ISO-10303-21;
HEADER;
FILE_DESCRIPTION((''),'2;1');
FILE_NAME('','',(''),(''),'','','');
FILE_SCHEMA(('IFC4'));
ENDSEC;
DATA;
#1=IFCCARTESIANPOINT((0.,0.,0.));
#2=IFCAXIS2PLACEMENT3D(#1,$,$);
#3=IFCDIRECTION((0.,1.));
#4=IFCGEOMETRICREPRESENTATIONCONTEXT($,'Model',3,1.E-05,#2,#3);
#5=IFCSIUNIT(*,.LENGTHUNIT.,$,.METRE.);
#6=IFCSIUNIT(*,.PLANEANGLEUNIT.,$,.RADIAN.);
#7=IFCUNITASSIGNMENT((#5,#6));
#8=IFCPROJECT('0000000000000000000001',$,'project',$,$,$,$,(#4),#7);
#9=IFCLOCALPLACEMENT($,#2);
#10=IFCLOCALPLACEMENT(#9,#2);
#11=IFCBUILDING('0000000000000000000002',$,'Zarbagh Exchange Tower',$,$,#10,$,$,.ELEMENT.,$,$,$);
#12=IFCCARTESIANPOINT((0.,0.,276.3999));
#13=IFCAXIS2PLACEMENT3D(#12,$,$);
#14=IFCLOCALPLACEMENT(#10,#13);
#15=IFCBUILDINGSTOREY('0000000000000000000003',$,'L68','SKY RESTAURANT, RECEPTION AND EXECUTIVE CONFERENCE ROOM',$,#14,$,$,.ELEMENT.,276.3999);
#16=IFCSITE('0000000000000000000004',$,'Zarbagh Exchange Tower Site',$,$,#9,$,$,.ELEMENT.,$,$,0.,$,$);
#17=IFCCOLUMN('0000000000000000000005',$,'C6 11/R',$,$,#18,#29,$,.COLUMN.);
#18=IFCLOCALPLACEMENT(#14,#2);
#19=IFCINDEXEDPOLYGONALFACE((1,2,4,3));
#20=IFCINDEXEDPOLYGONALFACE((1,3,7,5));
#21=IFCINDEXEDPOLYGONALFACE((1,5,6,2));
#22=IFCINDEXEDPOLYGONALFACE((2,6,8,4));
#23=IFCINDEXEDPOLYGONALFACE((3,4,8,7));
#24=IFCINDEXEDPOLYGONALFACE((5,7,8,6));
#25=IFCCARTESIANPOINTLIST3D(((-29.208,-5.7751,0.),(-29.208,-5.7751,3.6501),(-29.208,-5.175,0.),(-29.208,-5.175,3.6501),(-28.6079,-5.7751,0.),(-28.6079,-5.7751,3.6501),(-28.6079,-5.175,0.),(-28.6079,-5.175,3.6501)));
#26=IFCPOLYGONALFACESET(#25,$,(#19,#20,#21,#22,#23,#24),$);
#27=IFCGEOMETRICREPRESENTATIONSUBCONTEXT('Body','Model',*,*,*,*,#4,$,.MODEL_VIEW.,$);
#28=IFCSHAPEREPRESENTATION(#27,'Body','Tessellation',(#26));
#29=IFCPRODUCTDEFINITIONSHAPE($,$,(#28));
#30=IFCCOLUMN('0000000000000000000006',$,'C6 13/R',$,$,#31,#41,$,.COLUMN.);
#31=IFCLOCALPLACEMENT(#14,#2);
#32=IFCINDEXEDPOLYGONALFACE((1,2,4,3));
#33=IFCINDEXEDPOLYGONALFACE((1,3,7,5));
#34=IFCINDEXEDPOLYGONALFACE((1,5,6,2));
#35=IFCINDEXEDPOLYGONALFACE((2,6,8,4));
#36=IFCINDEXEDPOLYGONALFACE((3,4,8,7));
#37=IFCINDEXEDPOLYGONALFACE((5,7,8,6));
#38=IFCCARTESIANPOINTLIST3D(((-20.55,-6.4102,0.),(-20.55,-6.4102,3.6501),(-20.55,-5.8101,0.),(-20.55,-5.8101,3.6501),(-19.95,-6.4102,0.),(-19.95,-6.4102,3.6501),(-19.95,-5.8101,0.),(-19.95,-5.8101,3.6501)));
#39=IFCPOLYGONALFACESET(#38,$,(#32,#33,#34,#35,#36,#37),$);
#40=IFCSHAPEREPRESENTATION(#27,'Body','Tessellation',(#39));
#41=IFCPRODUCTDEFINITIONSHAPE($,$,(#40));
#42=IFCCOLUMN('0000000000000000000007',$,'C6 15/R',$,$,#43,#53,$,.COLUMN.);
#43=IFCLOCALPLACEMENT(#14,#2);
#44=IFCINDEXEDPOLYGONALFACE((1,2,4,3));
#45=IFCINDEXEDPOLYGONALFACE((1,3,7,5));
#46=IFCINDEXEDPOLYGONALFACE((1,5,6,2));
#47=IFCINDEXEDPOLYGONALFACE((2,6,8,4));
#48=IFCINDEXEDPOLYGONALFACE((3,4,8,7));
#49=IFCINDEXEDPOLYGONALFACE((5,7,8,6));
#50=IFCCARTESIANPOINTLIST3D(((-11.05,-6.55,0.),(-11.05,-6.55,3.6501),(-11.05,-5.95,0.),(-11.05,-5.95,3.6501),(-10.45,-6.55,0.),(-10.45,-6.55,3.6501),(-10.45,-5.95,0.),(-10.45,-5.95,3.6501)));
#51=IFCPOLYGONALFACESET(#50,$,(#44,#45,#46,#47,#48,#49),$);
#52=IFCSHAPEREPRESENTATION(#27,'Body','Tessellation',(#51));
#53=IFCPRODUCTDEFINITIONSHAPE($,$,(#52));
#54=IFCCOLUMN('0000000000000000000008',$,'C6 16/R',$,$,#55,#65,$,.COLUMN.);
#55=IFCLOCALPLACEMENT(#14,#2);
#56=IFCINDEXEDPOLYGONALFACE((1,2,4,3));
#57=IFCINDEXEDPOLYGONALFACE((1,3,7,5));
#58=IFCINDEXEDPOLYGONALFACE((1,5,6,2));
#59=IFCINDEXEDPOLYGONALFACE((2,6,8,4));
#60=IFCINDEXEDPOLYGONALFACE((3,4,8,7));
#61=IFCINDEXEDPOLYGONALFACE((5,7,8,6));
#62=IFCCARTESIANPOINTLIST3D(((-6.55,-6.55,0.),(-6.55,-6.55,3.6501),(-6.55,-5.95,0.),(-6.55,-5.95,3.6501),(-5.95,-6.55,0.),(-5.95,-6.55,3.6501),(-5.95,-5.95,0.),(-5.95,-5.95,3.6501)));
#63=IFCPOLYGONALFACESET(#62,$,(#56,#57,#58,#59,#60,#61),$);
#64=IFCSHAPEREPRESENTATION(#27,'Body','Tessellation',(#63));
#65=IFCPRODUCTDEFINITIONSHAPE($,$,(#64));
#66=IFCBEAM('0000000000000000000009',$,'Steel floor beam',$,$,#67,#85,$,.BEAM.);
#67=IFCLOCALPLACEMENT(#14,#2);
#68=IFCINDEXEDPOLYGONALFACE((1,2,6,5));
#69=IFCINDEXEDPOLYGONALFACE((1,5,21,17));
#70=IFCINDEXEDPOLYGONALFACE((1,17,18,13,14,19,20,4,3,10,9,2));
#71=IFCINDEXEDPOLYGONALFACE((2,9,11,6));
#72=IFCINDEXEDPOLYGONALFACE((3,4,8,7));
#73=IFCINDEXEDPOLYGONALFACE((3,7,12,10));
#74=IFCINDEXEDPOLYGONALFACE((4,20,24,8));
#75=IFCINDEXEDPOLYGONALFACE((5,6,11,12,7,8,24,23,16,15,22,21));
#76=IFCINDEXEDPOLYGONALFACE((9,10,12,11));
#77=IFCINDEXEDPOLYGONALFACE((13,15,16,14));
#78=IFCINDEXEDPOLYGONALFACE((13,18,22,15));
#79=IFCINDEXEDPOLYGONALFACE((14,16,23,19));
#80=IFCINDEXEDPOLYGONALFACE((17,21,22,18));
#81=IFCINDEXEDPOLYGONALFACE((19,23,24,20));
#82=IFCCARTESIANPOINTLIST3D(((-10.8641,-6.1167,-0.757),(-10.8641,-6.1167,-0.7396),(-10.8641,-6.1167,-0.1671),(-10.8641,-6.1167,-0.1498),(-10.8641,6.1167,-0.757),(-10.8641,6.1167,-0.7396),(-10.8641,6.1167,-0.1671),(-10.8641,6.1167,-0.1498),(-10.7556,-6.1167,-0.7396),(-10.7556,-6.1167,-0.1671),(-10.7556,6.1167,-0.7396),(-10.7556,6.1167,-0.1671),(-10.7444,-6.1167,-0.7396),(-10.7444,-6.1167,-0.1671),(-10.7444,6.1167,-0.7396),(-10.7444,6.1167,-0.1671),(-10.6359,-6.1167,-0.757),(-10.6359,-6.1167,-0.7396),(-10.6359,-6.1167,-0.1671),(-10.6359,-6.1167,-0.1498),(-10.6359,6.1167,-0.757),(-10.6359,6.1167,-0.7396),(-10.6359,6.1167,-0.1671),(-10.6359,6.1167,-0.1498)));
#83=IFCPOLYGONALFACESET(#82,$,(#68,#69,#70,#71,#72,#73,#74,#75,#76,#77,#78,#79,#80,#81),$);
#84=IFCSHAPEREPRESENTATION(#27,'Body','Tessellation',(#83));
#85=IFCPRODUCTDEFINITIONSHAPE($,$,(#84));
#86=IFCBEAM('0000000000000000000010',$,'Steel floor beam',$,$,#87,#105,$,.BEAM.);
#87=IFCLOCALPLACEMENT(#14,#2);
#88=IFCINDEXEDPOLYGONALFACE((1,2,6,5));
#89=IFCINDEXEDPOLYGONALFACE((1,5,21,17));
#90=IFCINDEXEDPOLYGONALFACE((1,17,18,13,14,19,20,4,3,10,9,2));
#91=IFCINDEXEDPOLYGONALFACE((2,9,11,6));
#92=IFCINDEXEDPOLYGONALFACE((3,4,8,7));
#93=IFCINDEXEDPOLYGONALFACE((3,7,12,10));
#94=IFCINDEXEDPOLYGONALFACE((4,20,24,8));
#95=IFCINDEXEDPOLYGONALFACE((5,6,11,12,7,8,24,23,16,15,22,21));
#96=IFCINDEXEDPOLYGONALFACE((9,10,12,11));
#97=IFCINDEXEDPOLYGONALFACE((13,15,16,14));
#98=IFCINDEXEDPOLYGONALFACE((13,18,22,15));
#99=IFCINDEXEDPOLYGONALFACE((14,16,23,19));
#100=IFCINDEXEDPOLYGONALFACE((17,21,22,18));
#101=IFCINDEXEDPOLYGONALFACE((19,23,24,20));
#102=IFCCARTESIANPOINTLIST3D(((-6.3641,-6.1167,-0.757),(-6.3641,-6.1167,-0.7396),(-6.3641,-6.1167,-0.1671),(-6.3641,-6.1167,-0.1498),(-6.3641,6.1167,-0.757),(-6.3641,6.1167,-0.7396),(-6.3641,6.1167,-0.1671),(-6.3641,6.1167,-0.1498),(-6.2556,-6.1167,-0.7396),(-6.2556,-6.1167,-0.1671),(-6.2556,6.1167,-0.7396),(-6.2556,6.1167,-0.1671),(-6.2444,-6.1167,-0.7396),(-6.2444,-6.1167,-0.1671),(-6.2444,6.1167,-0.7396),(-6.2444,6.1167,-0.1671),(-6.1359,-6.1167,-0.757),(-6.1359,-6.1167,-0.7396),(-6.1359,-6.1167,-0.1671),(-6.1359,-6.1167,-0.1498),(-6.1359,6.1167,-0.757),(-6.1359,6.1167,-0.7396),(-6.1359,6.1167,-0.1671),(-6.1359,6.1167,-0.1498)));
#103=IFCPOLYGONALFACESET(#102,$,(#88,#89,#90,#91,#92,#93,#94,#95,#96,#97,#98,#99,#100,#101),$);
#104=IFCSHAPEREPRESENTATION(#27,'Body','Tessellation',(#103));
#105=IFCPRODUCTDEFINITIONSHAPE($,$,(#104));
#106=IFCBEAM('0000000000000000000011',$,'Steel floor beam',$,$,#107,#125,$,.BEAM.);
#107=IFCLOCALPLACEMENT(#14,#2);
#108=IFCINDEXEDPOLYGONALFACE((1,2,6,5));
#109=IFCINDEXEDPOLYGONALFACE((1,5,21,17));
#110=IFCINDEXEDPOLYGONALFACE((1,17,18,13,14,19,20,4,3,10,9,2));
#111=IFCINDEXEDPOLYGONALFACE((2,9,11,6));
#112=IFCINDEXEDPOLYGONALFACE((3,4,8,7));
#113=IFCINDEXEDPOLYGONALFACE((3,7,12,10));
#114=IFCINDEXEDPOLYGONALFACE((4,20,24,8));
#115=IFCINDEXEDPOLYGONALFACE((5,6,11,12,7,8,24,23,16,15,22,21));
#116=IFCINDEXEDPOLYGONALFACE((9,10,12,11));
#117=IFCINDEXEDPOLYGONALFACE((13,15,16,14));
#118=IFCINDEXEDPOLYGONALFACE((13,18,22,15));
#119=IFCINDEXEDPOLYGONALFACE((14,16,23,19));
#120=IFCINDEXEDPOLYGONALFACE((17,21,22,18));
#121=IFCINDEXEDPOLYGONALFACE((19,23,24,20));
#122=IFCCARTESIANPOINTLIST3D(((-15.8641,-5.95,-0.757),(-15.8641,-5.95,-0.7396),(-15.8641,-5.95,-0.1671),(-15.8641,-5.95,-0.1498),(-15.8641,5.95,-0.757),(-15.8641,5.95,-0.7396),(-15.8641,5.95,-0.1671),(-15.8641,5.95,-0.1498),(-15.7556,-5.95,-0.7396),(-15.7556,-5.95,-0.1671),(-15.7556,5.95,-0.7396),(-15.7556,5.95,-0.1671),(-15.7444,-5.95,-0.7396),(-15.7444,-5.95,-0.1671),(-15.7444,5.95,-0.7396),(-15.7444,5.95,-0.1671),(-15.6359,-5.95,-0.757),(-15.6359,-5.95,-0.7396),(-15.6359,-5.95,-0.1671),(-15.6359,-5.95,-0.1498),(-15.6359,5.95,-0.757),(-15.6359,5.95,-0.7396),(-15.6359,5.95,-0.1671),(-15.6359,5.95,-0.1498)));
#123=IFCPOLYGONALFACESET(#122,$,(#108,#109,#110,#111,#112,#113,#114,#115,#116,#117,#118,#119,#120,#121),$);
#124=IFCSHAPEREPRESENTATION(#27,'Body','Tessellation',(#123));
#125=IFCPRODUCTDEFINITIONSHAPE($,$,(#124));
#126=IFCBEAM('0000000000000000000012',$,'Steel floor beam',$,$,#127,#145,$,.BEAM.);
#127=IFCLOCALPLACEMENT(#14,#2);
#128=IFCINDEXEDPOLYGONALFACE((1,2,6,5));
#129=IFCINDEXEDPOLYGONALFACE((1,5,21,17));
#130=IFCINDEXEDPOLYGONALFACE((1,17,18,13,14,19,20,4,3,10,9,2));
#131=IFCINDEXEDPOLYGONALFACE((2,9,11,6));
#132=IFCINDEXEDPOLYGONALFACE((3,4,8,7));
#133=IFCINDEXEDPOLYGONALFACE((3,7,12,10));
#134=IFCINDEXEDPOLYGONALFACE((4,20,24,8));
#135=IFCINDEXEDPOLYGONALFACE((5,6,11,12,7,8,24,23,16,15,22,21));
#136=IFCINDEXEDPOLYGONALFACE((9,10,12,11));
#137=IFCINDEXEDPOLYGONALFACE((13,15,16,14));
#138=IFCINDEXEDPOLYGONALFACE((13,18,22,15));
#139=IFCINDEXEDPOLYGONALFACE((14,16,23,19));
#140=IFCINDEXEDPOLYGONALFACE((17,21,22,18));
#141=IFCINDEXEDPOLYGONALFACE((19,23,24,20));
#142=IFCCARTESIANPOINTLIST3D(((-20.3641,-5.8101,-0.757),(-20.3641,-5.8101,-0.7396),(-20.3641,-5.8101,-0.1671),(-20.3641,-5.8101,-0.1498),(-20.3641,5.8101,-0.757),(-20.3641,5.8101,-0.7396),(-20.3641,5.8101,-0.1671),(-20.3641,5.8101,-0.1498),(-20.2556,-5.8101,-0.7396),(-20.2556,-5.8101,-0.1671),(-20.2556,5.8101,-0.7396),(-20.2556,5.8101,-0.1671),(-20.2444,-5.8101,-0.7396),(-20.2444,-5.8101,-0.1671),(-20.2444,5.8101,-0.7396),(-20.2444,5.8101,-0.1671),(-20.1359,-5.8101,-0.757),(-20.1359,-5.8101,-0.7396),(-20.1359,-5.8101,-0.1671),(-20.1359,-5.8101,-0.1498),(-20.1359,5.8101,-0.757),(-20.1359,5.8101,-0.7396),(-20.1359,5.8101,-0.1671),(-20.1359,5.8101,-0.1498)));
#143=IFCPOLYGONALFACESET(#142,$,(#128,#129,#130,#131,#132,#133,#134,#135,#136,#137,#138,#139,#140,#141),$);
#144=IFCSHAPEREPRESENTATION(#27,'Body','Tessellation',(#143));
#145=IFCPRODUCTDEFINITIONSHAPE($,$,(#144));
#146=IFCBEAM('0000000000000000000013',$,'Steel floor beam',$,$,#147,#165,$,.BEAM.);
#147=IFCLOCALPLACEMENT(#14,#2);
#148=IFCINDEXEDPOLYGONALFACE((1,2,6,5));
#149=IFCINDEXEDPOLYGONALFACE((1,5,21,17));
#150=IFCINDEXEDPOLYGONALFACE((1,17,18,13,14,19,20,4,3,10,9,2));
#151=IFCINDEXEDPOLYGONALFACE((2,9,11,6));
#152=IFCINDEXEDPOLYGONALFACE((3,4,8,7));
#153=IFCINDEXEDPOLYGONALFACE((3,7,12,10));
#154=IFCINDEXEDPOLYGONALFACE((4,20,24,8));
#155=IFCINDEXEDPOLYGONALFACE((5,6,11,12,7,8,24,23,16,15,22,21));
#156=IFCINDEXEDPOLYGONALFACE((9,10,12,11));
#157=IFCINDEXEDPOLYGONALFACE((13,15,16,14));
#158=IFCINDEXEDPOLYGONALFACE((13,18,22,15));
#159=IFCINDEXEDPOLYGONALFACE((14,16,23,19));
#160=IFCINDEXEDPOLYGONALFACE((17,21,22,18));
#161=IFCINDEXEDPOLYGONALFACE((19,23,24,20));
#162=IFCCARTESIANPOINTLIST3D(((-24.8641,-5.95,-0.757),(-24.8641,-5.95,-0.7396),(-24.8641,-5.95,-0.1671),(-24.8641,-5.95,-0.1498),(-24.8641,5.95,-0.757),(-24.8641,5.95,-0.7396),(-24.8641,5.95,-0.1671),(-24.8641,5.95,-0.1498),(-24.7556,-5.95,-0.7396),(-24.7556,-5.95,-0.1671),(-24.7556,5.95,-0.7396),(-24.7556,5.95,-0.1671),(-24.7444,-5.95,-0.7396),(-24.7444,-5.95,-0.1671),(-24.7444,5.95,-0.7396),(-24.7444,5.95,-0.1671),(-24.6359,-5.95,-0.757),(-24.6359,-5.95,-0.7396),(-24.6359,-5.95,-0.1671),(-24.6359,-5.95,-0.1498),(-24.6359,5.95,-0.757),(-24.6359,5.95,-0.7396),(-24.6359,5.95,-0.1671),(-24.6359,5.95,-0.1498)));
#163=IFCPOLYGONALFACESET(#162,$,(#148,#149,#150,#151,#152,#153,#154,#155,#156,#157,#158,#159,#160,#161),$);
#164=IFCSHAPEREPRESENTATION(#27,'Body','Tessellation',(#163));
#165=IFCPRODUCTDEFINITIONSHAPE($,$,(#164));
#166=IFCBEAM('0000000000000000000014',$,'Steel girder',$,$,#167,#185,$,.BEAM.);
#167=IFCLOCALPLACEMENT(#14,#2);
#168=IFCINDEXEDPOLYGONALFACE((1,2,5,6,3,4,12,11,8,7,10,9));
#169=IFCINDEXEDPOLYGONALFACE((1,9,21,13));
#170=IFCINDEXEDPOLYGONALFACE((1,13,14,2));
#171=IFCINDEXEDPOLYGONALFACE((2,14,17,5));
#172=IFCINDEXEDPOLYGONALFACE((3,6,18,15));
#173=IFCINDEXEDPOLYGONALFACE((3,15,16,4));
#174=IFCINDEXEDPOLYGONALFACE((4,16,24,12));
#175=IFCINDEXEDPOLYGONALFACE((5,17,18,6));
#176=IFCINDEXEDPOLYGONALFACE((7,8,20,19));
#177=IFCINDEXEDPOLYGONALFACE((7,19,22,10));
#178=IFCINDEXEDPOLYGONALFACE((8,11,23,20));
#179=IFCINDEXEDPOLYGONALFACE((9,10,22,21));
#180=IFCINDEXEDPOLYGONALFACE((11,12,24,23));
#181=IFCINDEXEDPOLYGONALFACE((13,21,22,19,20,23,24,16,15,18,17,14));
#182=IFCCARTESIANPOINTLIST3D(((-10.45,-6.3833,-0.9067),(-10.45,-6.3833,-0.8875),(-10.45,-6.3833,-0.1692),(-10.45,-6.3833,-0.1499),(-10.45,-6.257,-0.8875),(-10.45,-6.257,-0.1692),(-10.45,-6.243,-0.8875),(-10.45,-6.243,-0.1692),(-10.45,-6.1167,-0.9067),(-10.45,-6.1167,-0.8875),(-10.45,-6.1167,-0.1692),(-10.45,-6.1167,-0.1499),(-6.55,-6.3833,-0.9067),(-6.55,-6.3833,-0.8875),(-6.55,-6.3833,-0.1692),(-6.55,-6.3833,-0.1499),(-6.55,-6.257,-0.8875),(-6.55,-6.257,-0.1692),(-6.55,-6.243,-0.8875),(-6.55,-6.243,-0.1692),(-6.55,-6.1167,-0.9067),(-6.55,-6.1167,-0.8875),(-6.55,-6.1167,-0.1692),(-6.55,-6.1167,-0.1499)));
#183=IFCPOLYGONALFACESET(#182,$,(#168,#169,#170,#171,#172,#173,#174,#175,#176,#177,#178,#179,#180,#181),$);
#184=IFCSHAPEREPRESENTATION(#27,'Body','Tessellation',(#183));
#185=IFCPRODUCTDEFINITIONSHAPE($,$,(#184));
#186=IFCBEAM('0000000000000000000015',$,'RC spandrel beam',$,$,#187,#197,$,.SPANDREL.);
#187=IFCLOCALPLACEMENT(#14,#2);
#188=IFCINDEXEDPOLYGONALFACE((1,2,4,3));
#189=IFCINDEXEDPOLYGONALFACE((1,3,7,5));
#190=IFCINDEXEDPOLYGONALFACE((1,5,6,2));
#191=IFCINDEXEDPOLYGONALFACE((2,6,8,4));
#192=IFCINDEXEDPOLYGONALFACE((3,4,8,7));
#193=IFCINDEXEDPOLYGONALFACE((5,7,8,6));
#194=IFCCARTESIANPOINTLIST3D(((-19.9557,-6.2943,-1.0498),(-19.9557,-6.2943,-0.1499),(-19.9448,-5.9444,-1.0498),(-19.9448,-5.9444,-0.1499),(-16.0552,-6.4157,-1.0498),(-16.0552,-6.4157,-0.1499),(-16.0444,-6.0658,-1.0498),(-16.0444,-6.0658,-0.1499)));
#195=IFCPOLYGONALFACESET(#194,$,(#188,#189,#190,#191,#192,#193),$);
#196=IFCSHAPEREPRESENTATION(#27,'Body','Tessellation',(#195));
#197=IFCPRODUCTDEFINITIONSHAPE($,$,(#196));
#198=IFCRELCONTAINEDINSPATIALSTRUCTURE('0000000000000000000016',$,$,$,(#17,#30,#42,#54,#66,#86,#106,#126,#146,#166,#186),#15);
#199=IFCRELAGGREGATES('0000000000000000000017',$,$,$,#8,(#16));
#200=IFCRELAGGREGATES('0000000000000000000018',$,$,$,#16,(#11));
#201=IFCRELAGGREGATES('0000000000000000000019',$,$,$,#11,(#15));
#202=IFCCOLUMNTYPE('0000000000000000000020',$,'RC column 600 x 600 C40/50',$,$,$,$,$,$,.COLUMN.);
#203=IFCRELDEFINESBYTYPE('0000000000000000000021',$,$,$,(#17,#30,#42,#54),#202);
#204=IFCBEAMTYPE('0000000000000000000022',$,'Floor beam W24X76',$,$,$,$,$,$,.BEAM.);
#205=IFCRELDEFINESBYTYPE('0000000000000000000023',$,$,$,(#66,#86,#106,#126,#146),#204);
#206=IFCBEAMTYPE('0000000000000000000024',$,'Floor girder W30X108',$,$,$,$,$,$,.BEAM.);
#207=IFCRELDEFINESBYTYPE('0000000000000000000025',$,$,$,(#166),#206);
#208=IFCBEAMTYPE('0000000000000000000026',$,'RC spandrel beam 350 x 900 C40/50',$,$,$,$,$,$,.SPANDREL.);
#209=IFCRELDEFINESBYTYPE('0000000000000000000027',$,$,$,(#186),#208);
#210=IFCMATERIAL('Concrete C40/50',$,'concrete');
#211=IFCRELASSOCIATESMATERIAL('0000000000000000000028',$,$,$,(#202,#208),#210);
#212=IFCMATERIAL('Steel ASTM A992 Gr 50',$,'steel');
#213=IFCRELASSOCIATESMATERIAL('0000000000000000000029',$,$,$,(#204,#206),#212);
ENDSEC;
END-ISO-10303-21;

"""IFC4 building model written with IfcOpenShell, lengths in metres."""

from ifc_helpers import new_model, si_unit, direction, frame, origin, origin_2d, place, context, subcontext, project, spatial, rectangle, i_section, extrude, material, material_profile, profile_set, type_object, element, save


model = new_model("IFC4")

# Units and contexts
model_context = context("Model", 3, precision=1e-05, world=origin(), true_north=direction((0.0, 1.0)))
body_context = subcontext(model_context, "Body", "Model", "MODEL_VIEW")
ifc_project = project(units=[si_unit("LENGTHUNIT", "METRE"), si_unit("PLANEANGLEUNIT", "RADIAN")], contexts=[model_context])

# Site, building, storey
site_placement = place(None, origin())
site = spatial("IfcSite", under=ifc_project, at=site_placement, Name="Zarbagh Exchange Tower Site", CompositionType="ELEMENT", RefElevation=0.0)
building_placement = place(site_placement, origin())
building = spatial("IfcBuilding", under=site, at=building_placement, Name="Zarbagh Exchange Tower", CompositionType="ELEMENT")
storey_placement = place(building_placement, frame((0.0, 0.0, 276.3999)))
storey = spatial("IfcBuildingStorey", under=building, at=storey_placement, Name="L68", Description="SKY RESTAURANT, RECEPTION AND EXECUTIVE CONFERENCE ROOM", CompositionType="ELEMENT", Elevation=276.3999)

# Columns
ifc_material_1 = material(Name="Concrete C40/50", Category="concrete")
ifc_material_profile_1 = material_profile(ifc_material_1, rectangle(XDim=0.6001, YDim=0.6001, at=origin_2d()), Name="RC column 600 x 600 C40/50")
ifc_profile_set_1 = profile_set([ifc_material_profile_1], Name="Concrete C40/50")
column_type = type_object("IfcColumnType", Name="RC column 600 x 600 C40/50", PredefinedType="COLUMN", material=ifc_profile_set_1)
for number, where, z_axis, x_axis, name in (
    (1, (-28.908, -5.4751, 0.0), (0.0, 0.0, 1.0), (1.0, 0.0, 0.0), "C6 11/R"),
    (2, (-20.25, -6.1101, 0.0), (0.0, 0.0, 1.0), (1.0, 0.0, 0.0), "C6 13/R"),
    (3, (-10.75, -6.25, 0.0), (0.0, 0.0, 1.0), (1.0, 0.0, 0.0), "C6 15/R"),
    (4, (-6.25, -6.25, 0.0), (0.0, 0.0, 1.0), (1.0, 0.0, 0.0), "C6 16/R"),
):
    element("IfcColumn", number, at=place(storey_placement, frame(where, z_axis=z_axis, x_axis=x_axis)), inside=storey, type_object=column_type, Name=name, PredefinedType="COLUMN", context=body_context, shape_type="SweptSolid", body=[
        extrude(rectangle(XDim=0.6001, YDim=0.6001, at=origin_2d()), origin(), (0.0, 0.0, 1.0), 3.6501),
    ])

# Beams
ifc_material_2 = material(Name="Steel ASTM A992 Gr 50", Category="steel")
ifc_material_profile_2 = material_profile(ifc_material_2, i_section(OverallWidth=0.2283, OverallDepth=0.6072, WebThickness=0.0112, FlangeThickness=0.0173, at=origin_2d()), Name="W24X76")
ifc_profile_set_2 = profile_set([ifc_material_profile_2], Name="Steel ASTM A992 Gr 50")
beam_type_1 = type_object("IfcBeamType", Name="Floor beam W24X76", PredefinedType="BEAM", material=ifc_profile_set_2)
for number, where, z_axis, x_axis, name in (
    (5, (-10.75, -6.1167, -0.4534), (0.0, 1.0, 0.0), (-1.0, 0.0, 0.0), "Steel floor beam"),
    (6, (-6.25, -6.1167, -0.4534), (0.0, 1.0, 0.0), (-1.0, 0.0, 0.0), "Steel floor beam"),
):
    element("IfcBeam", number, at=place(storey_placement, frame(where, z_axis=z_axis, x_axis=x_axis)), inside=storey, type_object=beam_type_1, Name=name, PredefinedType="BEAM", context=body_context, shape_type="SweptSolid", body=[
        extrude(i_section(OverallWidth=0.2283, OverallDepth=0.6072, WebThickness=0.0112, FlangeThickness=0.0173, at=origin_2d()), origin(), (0.0, 0.0, 1.0), 12.2334),
    ])
beam_1_placement = place(storey_placement, frame((-15.75, -5.95, -0.4534), z_axis=(0.0, 1.0, 0.0), x_axis=(-1.0, 0.0, 0.0)))
element("IfcBeam", 7, at=beam_1_placement, inside=storey, type_object=beam_type_1, Name="Steel floor beam", PredefinedType="BEAM", context=body_context, shape_type="SweptSolid", body=[
    extrude(i_section(OverallWidth=0.2283, OverallDepth=0.6072, WebThickness=0.0112, FlangeThickness=0.0173, at=origin_2d()), origin(), (0.0, 0.0, 1.0), 11.8999),
])
beam_2_placement = place(storey_placement, frame((-20.25, -5.8101, -0.4534), z_axis=(0.0, 1.0, 0.0), x_axis=(-1.0, 0.0, 0.0)))
element("IfcBeam", 8, at=beam_2_placement, inside=storey, type_object=beam_type_1, Name="Steel floor beam", PredefinedType="BEAM", context=body_context, shape_type="SweptSolid", body=[
    extrude(i_section(OverallWidth=0.2283, OverallDepth=0.6072, WebThickness=0.0112, FlangeThickness=0.0173, at=origin_2d()), origin(), (0.0, 0.0, 1.0), 11.6201),
])
beam_3_placement = place(storey_placement, frame((-24.75, -5.95, -0.4534), z_axis=(0.0, 1.0, 0.0), x_axis=(-1.0, 0.0, 0.0)))
element("IfcBeam", 9, at=beam_3_placement, inside=storey, type_object=beam_type_1, Name="Steel floor beam", PredefinedType="BEAM", context=body_context, shape_type="SweptSolid", body=[
    extrude(i_section(OverallWidth=0.2283, OverallDepth=0.6072, WebThickness=0.0112, FlangeThickness=0.0173, at=origin_2d()), origin(), (0.0, 0.0, 1.0), 11.8999),
])
ifc_material_profile_3 = material_profile(ifc_material_2, i_section(OverallWidth=0.2666, OverallDepth=0.7568, WebThickness=0.0139, FlangeThickness=0.0193, at=origin_2d()), Name="W30X108")
ifc_profile_set_3 = profile_set([ifc_material_profile_3], Name="Steel ASTM A992 Gr 50")
beam_type_2 = type_object("IfcBeamType", Name="Floor girder W30X108", PredefinedType="BEAM", material=ifc_profile_set_3)
beam_4_placement = place(storey_placement, frame((-10.45, -6.25, -0.5283), z_axis=(1.0, 0.0, 0.0), x_axis=(0.0, 1.0, 0.0)))
element("IfcBeam", 10, at=beam_4_placement, inside=storey, type_object=beam_type_2, Name="Steel girder", PredefinedType="BEAM", context=body_context, shape_type="SweptSolid", body=[
    extrude(i_section(OverallWidth=0.2666, OverallDepth=0.7568, WebThickness=0.0139, FlangeThickness=0.0193, at=origin_2d()), origin(), (0.0, 0.0, 1.0), 3.8999),
])
ifc_material_profile_4 = material_profile(ifc_material_1, rectangle(XDim=0.3501, YDim=0.8999, at=origin_2d()), Name="RC spandrel beam 350 x 900 C40/50")
ifc_profile_set_4 = profile_set([ifc_material_profile_4], Name="Concrete C40/50")
beam_type_3 = type_object("IfcBeamType", Name="RC spandrel beam 350 x 900 C40/50", PredefinedType="SPANDREL", material=ifc_profile_set_4)
for number, where, z_axis, x_axis, name in (
    (11, (-16.0498, -6.2407, -0.5999), (-0.999516, 0.031094, 0.0), (-0.031094, -0.999516, 0.0), "RC spandrel beam"),
):
    element("IfcBeam", number, at=place(storey_placement, frame(where, z_axis=z_axis, x_axis=x_axis)), inside=storey, type_object=beam_type_3, Name=name, PredefinedType="SPANDREL", context=body_context, shape_type="SweptSolid", body=[
        extrude(rectangle(XDim=0.3501, YDim=0.8999, at=origin_2d()), origin(), (0.0, 0.0, 1.0), 3.9023),
    ])

save(model, "model.ifc")
